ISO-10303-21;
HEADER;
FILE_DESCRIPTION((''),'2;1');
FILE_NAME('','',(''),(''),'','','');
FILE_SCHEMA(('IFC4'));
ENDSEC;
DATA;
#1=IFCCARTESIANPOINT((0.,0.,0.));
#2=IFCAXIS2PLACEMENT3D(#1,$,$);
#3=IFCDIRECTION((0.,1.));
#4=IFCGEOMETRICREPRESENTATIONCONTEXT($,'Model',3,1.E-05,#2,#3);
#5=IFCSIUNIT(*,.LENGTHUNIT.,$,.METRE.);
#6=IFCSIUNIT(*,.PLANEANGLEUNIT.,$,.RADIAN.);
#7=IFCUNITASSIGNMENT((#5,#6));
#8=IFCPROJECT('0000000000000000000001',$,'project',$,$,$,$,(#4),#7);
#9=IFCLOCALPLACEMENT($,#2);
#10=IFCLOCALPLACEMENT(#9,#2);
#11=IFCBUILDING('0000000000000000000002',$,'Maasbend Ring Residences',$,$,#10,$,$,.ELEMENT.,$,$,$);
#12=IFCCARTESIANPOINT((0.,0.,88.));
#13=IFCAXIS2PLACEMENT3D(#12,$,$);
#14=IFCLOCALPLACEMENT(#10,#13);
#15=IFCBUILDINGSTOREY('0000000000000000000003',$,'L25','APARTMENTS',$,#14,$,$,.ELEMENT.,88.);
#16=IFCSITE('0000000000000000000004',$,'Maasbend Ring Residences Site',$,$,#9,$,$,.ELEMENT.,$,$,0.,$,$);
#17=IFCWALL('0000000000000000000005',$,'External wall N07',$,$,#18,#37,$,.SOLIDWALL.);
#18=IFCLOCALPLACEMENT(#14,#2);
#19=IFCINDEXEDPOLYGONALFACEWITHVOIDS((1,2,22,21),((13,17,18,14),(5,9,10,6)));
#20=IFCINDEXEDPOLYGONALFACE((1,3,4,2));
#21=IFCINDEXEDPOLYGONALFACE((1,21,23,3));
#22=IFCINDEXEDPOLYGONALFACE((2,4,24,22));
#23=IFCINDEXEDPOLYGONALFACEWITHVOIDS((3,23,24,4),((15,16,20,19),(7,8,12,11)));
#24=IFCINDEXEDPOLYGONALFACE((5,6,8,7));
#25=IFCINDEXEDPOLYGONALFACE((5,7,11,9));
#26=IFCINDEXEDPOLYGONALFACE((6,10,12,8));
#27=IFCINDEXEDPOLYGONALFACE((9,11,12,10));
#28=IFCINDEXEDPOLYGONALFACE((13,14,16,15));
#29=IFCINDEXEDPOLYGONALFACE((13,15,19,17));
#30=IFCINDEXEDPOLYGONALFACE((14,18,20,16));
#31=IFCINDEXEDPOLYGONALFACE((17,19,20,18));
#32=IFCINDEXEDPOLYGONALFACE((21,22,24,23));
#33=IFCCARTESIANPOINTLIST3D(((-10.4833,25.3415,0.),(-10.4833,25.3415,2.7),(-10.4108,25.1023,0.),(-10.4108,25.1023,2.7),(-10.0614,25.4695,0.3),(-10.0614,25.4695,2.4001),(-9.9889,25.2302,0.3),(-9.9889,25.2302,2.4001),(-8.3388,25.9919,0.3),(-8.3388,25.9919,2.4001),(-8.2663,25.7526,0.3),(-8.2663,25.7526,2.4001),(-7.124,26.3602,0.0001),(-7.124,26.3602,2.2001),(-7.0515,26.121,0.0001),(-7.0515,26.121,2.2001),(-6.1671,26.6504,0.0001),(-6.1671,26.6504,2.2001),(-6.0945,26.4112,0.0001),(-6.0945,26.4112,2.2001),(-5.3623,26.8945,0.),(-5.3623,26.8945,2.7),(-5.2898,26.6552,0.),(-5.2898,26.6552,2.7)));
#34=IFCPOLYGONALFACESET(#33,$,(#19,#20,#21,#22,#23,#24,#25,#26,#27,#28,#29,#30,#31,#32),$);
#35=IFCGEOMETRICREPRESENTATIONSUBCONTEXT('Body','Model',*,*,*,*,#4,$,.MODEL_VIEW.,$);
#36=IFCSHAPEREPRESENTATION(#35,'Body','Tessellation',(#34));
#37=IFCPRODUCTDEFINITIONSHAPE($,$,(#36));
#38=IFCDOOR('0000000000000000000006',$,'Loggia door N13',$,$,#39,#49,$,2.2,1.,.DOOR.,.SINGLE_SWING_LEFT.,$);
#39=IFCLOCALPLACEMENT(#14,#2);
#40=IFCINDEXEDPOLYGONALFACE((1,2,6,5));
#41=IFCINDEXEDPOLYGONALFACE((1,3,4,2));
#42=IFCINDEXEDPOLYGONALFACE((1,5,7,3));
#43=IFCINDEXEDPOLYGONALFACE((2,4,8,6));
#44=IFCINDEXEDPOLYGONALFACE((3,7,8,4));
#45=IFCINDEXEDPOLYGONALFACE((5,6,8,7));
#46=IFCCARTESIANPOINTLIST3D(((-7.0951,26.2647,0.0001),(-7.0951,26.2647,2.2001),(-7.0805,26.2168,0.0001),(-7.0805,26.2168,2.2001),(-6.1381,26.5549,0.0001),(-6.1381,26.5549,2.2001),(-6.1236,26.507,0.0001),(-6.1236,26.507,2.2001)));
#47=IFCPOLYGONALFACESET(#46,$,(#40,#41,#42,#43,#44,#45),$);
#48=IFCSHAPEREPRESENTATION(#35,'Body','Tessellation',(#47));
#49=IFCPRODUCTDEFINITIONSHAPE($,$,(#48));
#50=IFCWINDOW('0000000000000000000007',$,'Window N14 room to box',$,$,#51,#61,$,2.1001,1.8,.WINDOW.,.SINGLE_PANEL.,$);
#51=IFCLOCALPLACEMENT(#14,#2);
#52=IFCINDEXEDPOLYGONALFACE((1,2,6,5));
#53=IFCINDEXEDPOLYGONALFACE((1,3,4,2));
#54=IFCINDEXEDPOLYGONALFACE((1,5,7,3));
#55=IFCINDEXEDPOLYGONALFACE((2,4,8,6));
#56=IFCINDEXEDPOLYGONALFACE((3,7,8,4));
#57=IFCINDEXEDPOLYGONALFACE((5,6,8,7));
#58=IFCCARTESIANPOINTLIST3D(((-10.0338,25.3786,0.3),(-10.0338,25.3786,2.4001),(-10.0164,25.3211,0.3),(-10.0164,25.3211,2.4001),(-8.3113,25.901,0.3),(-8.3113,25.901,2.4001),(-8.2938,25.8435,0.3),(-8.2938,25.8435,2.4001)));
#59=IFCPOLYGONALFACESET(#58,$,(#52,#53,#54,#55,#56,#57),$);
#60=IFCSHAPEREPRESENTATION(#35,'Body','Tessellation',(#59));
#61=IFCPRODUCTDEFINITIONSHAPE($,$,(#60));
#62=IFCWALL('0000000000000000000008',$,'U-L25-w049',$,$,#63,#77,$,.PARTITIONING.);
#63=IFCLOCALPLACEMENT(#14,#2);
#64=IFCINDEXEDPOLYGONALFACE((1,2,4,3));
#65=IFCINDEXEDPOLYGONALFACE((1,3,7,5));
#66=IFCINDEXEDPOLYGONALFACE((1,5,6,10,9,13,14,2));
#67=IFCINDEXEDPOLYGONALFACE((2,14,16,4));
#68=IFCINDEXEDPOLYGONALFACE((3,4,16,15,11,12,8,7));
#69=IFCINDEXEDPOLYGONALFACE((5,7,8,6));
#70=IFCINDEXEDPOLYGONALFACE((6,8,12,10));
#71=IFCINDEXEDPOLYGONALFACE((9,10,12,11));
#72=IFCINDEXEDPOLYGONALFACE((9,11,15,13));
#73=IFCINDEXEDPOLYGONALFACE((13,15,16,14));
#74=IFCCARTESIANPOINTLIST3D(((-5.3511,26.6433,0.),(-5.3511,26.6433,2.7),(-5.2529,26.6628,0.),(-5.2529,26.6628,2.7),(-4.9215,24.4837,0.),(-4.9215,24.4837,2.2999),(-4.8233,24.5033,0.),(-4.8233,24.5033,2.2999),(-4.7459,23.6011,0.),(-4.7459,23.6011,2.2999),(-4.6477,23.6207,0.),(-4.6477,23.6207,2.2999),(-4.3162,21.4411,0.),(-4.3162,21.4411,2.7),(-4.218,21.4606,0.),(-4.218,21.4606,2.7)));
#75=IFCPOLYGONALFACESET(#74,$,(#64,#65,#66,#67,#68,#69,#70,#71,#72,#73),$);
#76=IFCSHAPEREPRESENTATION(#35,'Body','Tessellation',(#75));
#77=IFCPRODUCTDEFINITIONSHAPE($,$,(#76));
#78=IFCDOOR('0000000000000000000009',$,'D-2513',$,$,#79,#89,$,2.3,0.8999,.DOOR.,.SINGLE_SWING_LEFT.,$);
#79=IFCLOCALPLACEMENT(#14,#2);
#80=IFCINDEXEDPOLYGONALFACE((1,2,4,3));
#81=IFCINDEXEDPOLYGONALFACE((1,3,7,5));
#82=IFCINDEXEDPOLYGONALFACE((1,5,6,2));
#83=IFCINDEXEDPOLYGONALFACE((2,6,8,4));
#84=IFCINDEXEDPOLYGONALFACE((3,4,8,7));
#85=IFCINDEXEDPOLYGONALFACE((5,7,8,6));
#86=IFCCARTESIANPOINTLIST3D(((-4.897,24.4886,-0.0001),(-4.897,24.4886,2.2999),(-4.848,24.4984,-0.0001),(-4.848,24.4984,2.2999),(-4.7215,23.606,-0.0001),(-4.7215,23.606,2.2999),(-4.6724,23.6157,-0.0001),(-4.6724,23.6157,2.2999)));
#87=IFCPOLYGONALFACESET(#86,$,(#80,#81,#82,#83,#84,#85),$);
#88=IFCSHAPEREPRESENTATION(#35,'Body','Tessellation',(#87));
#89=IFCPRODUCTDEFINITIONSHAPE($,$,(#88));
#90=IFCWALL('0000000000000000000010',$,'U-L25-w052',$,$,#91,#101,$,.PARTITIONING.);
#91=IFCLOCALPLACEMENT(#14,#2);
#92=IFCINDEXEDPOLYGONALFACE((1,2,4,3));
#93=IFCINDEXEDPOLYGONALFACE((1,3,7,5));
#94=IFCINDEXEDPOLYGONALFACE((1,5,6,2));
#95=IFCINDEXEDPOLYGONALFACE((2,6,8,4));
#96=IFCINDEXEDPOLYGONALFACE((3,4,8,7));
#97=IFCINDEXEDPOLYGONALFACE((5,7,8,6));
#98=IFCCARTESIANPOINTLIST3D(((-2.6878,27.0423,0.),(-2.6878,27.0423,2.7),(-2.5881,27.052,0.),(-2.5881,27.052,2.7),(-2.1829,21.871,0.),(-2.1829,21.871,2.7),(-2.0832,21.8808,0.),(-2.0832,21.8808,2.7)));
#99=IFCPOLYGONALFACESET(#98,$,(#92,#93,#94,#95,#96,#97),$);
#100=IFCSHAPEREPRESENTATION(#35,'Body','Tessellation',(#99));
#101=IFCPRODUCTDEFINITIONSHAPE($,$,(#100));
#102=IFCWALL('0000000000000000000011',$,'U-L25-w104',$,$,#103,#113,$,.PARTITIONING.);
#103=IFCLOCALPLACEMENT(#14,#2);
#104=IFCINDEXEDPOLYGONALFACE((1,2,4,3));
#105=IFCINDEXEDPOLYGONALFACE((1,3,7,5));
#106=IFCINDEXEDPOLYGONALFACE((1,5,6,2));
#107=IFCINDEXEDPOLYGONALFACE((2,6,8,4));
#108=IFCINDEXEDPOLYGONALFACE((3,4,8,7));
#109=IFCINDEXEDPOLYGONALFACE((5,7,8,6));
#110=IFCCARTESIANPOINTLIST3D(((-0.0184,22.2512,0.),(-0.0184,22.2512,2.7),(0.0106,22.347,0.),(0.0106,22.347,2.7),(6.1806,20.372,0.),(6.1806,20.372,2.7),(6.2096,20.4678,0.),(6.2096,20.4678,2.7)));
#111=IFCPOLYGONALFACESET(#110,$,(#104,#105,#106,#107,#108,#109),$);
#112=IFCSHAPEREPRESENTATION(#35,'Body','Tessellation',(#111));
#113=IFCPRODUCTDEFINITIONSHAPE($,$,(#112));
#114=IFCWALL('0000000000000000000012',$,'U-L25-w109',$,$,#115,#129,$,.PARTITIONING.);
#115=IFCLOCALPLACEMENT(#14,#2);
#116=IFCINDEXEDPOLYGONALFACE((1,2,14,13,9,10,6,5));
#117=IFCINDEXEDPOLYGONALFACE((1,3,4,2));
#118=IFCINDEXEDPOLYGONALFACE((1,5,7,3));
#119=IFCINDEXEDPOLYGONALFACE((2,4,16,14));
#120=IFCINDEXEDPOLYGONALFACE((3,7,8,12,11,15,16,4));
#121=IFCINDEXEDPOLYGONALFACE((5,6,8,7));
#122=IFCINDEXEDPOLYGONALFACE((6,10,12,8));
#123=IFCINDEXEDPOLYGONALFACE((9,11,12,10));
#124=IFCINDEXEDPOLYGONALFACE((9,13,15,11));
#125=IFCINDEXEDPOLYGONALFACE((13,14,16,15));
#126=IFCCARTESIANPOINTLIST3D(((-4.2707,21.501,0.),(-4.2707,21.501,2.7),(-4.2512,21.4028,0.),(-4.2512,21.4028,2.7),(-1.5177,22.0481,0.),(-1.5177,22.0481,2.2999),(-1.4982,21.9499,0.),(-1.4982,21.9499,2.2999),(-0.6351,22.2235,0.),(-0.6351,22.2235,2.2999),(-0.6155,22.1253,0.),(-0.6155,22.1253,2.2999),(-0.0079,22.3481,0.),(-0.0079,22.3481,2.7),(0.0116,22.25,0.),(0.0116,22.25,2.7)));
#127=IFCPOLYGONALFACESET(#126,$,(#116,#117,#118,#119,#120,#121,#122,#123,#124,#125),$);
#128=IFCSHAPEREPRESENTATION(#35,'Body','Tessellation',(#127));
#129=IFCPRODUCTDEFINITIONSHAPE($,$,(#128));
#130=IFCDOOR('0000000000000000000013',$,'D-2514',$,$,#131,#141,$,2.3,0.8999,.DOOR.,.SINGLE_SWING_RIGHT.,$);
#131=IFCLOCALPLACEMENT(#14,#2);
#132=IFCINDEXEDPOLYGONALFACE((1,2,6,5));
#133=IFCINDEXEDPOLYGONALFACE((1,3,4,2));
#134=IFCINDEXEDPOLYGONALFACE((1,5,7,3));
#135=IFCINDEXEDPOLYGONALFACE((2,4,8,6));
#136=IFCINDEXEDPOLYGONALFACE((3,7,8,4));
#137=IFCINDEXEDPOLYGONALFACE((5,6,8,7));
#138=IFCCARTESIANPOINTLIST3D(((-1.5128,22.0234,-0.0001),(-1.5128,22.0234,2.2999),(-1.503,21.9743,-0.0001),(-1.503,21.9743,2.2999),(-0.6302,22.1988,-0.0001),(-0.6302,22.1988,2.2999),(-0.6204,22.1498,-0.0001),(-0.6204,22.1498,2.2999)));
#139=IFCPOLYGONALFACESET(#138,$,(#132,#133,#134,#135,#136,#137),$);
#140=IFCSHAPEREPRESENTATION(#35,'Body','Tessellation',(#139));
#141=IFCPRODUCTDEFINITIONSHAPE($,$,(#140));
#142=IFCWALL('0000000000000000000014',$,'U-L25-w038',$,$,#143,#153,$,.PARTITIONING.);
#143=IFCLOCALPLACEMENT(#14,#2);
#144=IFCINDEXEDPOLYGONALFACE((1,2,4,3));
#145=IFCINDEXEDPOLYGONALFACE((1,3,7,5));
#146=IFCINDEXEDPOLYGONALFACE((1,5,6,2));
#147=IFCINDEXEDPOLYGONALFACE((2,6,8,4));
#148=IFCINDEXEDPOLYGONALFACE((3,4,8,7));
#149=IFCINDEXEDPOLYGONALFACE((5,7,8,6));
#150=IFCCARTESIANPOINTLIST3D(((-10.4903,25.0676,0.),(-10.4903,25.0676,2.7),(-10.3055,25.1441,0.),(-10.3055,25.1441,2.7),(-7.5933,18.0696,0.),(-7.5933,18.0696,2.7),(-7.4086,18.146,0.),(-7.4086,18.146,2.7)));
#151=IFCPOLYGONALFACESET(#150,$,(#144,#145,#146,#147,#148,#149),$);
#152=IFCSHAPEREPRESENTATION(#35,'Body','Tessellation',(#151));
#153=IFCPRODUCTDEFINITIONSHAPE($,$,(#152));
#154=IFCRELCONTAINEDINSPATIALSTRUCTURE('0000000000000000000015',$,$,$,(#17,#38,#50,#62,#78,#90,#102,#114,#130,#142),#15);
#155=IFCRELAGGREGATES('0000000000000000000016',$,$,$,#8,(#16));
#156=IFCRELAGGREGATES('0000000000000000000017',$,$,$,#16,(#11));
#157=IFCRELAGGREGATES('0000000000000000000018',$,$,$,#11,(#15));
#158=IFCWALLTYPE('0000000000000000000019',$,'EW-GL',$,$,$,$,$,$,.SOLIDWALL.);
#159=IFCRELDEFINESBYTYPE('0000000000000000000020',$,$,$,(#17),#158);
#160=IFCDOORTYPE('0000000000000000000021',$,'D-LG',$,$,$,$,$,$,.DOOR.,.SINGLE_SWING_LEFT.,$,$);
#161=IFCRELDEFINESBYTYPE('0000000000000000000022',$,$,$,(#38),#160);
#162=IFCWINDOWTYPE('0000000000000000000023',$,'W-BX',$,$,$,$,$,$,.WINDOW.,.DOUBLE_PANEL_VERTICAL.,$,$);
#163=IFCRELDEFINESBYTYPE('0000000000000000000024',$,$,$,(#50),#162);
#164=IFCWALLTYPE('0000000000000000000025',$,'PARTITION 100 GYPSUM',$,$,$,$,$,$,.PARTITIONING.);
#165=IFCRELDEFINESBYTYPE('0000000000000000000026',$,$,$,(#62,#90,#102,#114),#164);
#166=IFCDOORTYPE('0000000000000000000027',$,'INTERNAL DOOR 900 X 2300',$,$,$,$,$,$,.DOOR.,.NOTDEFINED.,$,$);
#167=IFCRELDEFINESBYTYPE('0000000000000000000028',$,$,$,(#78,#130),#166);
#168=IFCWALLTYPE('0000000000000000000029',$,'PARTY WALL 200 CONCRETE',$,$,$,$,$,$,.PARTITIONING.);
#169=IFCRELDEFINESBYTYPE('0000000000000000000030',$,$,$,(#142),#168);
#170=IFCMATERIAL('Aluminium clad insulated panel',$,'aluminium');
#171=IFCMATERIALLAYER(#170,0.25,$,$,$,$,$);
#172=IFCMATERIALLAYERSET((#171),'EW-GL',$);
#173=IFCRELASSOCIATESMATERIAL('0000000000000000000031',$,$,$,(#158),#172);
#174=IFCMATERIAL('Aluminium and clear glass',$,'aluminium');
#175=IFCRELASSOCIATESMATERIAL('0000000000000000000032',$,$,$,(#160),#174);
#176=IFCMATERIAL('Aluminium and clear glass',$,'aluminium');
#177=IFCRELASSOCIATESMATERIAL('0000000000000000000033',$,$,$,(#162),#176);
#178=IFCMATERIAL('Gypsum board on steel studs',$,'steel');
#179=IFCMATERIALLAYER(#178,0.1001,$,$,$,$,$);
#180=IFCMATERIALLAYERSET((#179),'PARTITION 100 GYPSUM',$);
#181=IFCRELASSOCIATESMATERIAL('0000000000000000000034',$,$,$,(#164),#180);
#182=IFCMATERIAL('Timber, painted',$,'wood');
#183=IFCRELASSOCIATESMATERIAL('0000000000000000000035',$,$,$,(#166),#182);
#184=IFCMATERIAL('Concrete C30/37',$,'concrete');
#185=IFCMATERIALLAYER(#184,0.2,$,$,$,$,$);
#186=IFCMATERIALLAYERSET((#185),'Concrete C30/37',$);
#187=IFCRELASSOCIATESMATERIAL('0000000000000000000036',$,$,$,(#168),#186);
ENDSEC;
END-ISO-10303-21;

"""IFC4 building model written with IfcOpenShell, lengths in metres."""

from ifc_helpers import new_model, si_unit, direction, frame, frame_2d, origin, place, context, subcontext, project, spatial, rectangle, extrude, material, layer, layer_set, type_object, element, fill, save


model = new_model("IFC4")

# Units and contexts
model_context = context("Model", 3, precision=1e-05, world=origin(), true_north=direction((0.0, 1.0)))
body_context = subcontext(model_context, "Body", "Model", "MODEL_VIEW")
ifc_project = project(units=[si_unit("LENGTHUNIT", "METRE"), si_unit("PLANEANGLEUNIT", "RADIAN")], contexts=[model_context])

# Site, building, storey
site_placement = place(None, origin())
site = spatial("IfcSite", under=ifc_project, at=site_placement, Name="Maasbend Ring Residences Site", CompositionType="ELEMENT", RefElevation=0.0)
building_placement = place(site_placement, origin())
building = spatial("IfcBuilding", under=site, at=building_placement, Name="Maasbend Ring Residences", CompositionType="ELEMENT")
storey_placement = place(building_placement, frame((0.0, 0.0, 88.0)))
storey = spatial("IfcBuildingStorey", under=building, at=storey_placement, Name="L25", Description="APARTMENTS", CompositionType="ELEMENT", Elevation=88.0)

# Wall, openings, door, window
ifc_material_1 = material(Name="Aluminium clad insulated panel", Category="aluminium")
ifc_layer_1 = layer(ifc_material_1, 0.25)
ifc_layer_set_1 = layer_set([ifc_layer_1], Name="EW-GL")
wall_type_1 = type_object("IfcWallType", Name="EW-GL", PredefinedType="SOLIDWALL", material=ifc_layer_set_1)
wall_1_placement = place(storey_placement, frame((-5.3259, 26.7749, 0.0), z_axis=(0.0, 0.0, 1.0), x_axis=(-0.956966, -0.290201, 0.0)))
wall_1 = element("IfcWall", 1, at=wall_1_placement, inside=storey, type_object=wall_type_1, Name="External wall N07", PredefinedType="SOLIDWALL", context=body_context, shape_type="SweptSolid", body=[
    extrude(rectangle(XDim=5.3513, YDim=0.25, at=frame_2d((2.6758, 0.0))), origin(), (0.0, 0.0, 1.0), 2.7),
])
opening_1_placement = place(wall_1_placement, frame((0.8411, 0.0, 0.0)))
opening_1 = element("IfcOpeningElement", 2, at=opening_1_placement, cuts=wall_1, PredefinedType="OPENING", context=body_context, shape_type="SweptSolid", body=[
    extrude(rectangle(XDim=1.0, YDim=2.2, at=frame_2d((0.5, 1.1001))), frame((0.0, 0.135, 0.0), z_axis=(0.0, -1.0, 0.0), x_axis=(1.0, 0.0, 0.0)), (0.0, 0.0, 1.0), 0.27),
])
opening_2_placement = place(wall_1_placement, frame((3.1106, 0.0, 0.3)))
opening_2 = element("IfcOpeningElement", 3, at=opening_2_placement, cuts=wall_1, PredefinedType="OPENING", context=body_context, shape_type="SweptSolid", body=[
    extrude(rectangle(XDim=1.8, YDim=2.1001, at=frame_2d((0.8999, 1.05))), frame((0.0, 0.135, 0.0), z_axis=(0.0, -1.0, 0.0), x_axis=(1.0, 0.0, 0.0)), (0.0, 0.0, 1.0), 0.27),
])
ifc_material_2 = material(Name="Aluminium and clear glass", Category="aluminium")
door_type_1 = type_object("IfcDoorType", Name="D-LG", OperationType="SINGLE_SWING_LEFT", PredefinedType="DOOR", material=ifc_material_2)
door_1_placement = place(opening_1_placement, origin())
door_1 = element("IfcDoor", 4, at=door_1_placement, inside=storey, type_object=door_type_1, Name="Loggia door N13", OperationType="SINGLE_SWING_LEFT", OverallHeight=2.2, OverallWidth=1.0, PredefinedType="DOOR", context=body_context, shape_type="SweptSolid", body=[
    extrude(rectangle(XDim=1.0, YDim=2.2, at=frame_2d((0.5, 1.1001))), frame((0.0, 0.0249, 0.0), z_axis=(0.0, -1.0, 0.0), x_axis=(1.0, 0.0, 0.0)), (0.0, 0.0, 1.0), 0.05),
])
fill(opening_1, door_1)
ifc_material_3 = material(Name="Aluminium and clear glass", Category="aluminium")
window_type_1 = type_object("IfcWindowType", Name="W-BX", PartitioningType="DOUBLE_PANEL_VERTICAL", PredefinedType="WINDOW", material=ifc_material_3)
window_1_placement = place(opening_2_placement, origin())
window_1 = element("IfcWindow", 5, at=window_1_placement, inside=storey, type_object=window_type_1, Name="Window N14 room to box", OverallHeight=2.1001, OverallWidth=1.8, PartitioningType="SINGLE_PANEL", PredefinedType="WINDOW", context=body_context, shape_type="SweptSolid", body=[
    extrude(rectangle(XDim=1.8, YDim=2.1001, at=frame_2d((0.8999, 1.05))), frame((0.0, 0.03, 0.0), z_axis=(0.0, -1.0, 0.0), x_axis=(1.0, 0.0, 0.0)), (0.0, 0.0, 1.0), 0.0601),
])
fill(opening_2, window_1)

# Wall, opening, door
ifc_material_4 = material(Name="Gypsum board on steel studs", Category="steel")
ifc_layer_2 = layer(ifc_material_4, 0.1001)
ifc_layer_set_2 = layer_set([ifc_layer_2], Name="PARTITION 100 GYPSUM")
wall_type_2 = type_object("IfcWallType", Name="PARTITION 100 GYPSUM", PredefinedType="PARTITIONING", material=ifc_layer_set_2)
wall_2_placement = place(storey_placement, frame((-5.302, 26.6531, 0.0), z_axis=(0.0, 0.0, 1.0), x_axis=(0.195116, -0.98078, 0.0)))
wall_2 = element("IfcWall", 6, at=wall_2_placement, inside=storey, type_object=wall_type_2, Name="U-L25-w049", PredefinedType="PARTITIONING", context=body_context, shape_type="SweptSolid", body=[
    extrude(rectangle(XDim=5.3042, YDim=0.1001, at=frame_2d((2.6521, 0.0))), origin(), (0.0, 0.0, 1.0), 2.7),
])
opening_3_placement = place(wall_2_placement, frame((2.2019, 0.0, 0.0)))
opening_3 = element("IfcOpeningElement", 7, at=opening_3_placement, cuts=wall_2, PredefinedType="OPENING", context=body_context, shape_type="SweptSolid", body=[
    extrude(rectangle(XDim=0.8999, YDim=2.3, at=frame_2d((0.45, 1.1499))), frame((0.0, 0.0601, 0.0), z_axis=(0.0, -1.0, 0.0), x_axis=(1.0, 0.0, 0.0)), (0.0, 0.0, 1.0), 0.1201),
])
ifc_material_5 = material(Name="Timber, painted", Category="wood")
door_type_2 = type_object("IfcDoorType", Name="INTERNAL DOOR 900 X 2300", OperationType="NOTDEFINED", PredefinedType="DOOR", material=ifc_material_5)
door_2_placement = place(opening_3_placement, origin())
door_2 = element("IfcDoor", 8, at=door_2_placement, inside=storey, type_object=door_type_2, Name="D-2513", OperationType="SINGLE_SWING_LEFT", OverallHeight=2.3, OverallWidth=0.8999, PredefinedType="DOOR", context=body_context, shape_type="SweptSolid", body=[
    extrude(rectangle(XDim=0.8999, YDim=2.3, at=frame_2d((0.45, 1.1499))), frame((0.0, 0.0249, 0.0), z_axis=(0.0, -1.0, 0.0), x_axis=(1.0, 0.0, 0.0)), (0.0, 0.0, 1.0), 0.05),
])
fill(opening_3, door_2)

# Walls
wall_3_placement = place(storey_placement, frame((-2.6379, 27.0471, 0.0), z_axis=(0.0, 0.0, 1.0), x_axis=(0.097173, -0.995268, 0.0)))
element("IfcWall", 9, at=wall_3_placement, inside=storey, type_object=wall_type_2, Name="U-L25-w052", PredefinedType="PARTITIONING", context=body_context, shape_type="SweptSolid", body=[
    extrude(rectangle(XDim=5.1958, YDim=0.1001, at=frame_2d((2.5979, 0.0))), origin(), (0.0, 0.0, 1.0), 2.7),
])
wall_4_placement = place(storey_placement, frame((-0.0039, 22.2991, 0.0), z_axis=(0.0, 0.0, 1.0), x_axis=(0.956996, -0.290103, 0.0)))
element("IfcWall", 10, at=wall_4_placement, inside=storey, type_object=wall_type_2, Name="U-L25-w104", PredefinedType="PARTITIONING", context=body_context, shape_type="SweptSolid", body=[
    extrude(rectangle(XDim=6.4775, YDim=0.1001, at=frame_2d((3.2388, 0.0))), origin(), (0.0, 0.0, 1.0), 2.7),
])

# Wall, opening, door
wall_5_placement = place(storey_placement, frame((-4.261, 21.4519, 0.0), z_axis=(0.0, 0.0, 1.0), x_axis=(0.98082, 0.194917, 0.0)))
wall_5 = element("IfcWall", 11, at=wall_5_placement, inside=storey, type_object=wall_type_2, Name="U-L25-w109", PredefinedType="PARTITIONING", context=body_context, shape_type="SweptSolid", body=[
    extrude(rectangle(XDim=4.3462, YDim=0.1001, at=frame_2d((2.1731, 0.0))), origin(), (0.0, 0.0, 1.0), 2.7),
])
opening_4_placement = place(wall_5_placement, frame((2.8069, 0.0, 0.0)))
opening_4 = element("IfcOpeningElement", 12, at=opening_4_placement, cuts=wall_5, PredefinedType="OPENING", context=body_context, shape_type="SweptSolid", body=[
    extrude(rectangle(XDim=0.8999, YDim=2.3, at=frame_2d((0.45, 1.1499))), frame((0.0, 0.0601, 0.0), z_axis=(0.0, -1.0, 0.0), x_axis=(1.0, 0.0, 0.0)), (0.0, 0.0, 1.0), 0.1201),
])
door_3_placement = place(opening_4_placement, origin())
door_3 = element("IfcDoor", 13, at=door_3_placement, inside=storey, type_object=door_type_2, Name="D-2514", OperationType="SINGLE_SWING_RIGHT", OverallHeight=2.3, OverallWidth=0.8999, PredefinedType="DOOR", context=body_context, shape_type="SweptSolid", body=[
    extrude(rectangle(XDim=0.8999, YDim=2.3, at=frame_2d((0.45, 1.1499))), frame((0.0, 0.0249, 0.0), z_axis=(0.0, -1.0, 0.0), x_axis=(1.0, 0.0, 0.0)), (0.0, 0.0, 1.0), 0.05),
])
fill(opening_4, door_3)

# Wall
ifc_material_6 = material(Name="Concrete C30/37", Category="concrete")
ifc_layer_3 = layer(ifc_material_6, 0.2)
ifc_layer_set_3 = layer_set([ifc_layer_3], Name="Concrete C30/37")
wall_type_3 = type_object("IfcWallType", Name="PARTY WALL 200 CONCRETE", PredefinedType="PARTITIONING", material=ifc_layer_set_3)
wall_6_placement = place(storey_placement, frame((-10.3979, 25.106, 0.0), z_axis=(0.0, 0.0, 1.0), x_axis=(0.38249, -0.923959, 0.0)))
element("IfcWall", 14, at=wall_6_placement, inside=storey, type_object=wall_type_3, Name="U-L25-w038", PredefinedType="PARTITIONING", context=body_context, shape_type="SweptSolid", body=[
    extrude(rectangle(XDim=7.574, YDim=0.2, at=frame_2d((3.7871, 0.0))), origin(), (0.0, 0.0, 1.0), 2.7),
])

save(model, "model.ifc")
